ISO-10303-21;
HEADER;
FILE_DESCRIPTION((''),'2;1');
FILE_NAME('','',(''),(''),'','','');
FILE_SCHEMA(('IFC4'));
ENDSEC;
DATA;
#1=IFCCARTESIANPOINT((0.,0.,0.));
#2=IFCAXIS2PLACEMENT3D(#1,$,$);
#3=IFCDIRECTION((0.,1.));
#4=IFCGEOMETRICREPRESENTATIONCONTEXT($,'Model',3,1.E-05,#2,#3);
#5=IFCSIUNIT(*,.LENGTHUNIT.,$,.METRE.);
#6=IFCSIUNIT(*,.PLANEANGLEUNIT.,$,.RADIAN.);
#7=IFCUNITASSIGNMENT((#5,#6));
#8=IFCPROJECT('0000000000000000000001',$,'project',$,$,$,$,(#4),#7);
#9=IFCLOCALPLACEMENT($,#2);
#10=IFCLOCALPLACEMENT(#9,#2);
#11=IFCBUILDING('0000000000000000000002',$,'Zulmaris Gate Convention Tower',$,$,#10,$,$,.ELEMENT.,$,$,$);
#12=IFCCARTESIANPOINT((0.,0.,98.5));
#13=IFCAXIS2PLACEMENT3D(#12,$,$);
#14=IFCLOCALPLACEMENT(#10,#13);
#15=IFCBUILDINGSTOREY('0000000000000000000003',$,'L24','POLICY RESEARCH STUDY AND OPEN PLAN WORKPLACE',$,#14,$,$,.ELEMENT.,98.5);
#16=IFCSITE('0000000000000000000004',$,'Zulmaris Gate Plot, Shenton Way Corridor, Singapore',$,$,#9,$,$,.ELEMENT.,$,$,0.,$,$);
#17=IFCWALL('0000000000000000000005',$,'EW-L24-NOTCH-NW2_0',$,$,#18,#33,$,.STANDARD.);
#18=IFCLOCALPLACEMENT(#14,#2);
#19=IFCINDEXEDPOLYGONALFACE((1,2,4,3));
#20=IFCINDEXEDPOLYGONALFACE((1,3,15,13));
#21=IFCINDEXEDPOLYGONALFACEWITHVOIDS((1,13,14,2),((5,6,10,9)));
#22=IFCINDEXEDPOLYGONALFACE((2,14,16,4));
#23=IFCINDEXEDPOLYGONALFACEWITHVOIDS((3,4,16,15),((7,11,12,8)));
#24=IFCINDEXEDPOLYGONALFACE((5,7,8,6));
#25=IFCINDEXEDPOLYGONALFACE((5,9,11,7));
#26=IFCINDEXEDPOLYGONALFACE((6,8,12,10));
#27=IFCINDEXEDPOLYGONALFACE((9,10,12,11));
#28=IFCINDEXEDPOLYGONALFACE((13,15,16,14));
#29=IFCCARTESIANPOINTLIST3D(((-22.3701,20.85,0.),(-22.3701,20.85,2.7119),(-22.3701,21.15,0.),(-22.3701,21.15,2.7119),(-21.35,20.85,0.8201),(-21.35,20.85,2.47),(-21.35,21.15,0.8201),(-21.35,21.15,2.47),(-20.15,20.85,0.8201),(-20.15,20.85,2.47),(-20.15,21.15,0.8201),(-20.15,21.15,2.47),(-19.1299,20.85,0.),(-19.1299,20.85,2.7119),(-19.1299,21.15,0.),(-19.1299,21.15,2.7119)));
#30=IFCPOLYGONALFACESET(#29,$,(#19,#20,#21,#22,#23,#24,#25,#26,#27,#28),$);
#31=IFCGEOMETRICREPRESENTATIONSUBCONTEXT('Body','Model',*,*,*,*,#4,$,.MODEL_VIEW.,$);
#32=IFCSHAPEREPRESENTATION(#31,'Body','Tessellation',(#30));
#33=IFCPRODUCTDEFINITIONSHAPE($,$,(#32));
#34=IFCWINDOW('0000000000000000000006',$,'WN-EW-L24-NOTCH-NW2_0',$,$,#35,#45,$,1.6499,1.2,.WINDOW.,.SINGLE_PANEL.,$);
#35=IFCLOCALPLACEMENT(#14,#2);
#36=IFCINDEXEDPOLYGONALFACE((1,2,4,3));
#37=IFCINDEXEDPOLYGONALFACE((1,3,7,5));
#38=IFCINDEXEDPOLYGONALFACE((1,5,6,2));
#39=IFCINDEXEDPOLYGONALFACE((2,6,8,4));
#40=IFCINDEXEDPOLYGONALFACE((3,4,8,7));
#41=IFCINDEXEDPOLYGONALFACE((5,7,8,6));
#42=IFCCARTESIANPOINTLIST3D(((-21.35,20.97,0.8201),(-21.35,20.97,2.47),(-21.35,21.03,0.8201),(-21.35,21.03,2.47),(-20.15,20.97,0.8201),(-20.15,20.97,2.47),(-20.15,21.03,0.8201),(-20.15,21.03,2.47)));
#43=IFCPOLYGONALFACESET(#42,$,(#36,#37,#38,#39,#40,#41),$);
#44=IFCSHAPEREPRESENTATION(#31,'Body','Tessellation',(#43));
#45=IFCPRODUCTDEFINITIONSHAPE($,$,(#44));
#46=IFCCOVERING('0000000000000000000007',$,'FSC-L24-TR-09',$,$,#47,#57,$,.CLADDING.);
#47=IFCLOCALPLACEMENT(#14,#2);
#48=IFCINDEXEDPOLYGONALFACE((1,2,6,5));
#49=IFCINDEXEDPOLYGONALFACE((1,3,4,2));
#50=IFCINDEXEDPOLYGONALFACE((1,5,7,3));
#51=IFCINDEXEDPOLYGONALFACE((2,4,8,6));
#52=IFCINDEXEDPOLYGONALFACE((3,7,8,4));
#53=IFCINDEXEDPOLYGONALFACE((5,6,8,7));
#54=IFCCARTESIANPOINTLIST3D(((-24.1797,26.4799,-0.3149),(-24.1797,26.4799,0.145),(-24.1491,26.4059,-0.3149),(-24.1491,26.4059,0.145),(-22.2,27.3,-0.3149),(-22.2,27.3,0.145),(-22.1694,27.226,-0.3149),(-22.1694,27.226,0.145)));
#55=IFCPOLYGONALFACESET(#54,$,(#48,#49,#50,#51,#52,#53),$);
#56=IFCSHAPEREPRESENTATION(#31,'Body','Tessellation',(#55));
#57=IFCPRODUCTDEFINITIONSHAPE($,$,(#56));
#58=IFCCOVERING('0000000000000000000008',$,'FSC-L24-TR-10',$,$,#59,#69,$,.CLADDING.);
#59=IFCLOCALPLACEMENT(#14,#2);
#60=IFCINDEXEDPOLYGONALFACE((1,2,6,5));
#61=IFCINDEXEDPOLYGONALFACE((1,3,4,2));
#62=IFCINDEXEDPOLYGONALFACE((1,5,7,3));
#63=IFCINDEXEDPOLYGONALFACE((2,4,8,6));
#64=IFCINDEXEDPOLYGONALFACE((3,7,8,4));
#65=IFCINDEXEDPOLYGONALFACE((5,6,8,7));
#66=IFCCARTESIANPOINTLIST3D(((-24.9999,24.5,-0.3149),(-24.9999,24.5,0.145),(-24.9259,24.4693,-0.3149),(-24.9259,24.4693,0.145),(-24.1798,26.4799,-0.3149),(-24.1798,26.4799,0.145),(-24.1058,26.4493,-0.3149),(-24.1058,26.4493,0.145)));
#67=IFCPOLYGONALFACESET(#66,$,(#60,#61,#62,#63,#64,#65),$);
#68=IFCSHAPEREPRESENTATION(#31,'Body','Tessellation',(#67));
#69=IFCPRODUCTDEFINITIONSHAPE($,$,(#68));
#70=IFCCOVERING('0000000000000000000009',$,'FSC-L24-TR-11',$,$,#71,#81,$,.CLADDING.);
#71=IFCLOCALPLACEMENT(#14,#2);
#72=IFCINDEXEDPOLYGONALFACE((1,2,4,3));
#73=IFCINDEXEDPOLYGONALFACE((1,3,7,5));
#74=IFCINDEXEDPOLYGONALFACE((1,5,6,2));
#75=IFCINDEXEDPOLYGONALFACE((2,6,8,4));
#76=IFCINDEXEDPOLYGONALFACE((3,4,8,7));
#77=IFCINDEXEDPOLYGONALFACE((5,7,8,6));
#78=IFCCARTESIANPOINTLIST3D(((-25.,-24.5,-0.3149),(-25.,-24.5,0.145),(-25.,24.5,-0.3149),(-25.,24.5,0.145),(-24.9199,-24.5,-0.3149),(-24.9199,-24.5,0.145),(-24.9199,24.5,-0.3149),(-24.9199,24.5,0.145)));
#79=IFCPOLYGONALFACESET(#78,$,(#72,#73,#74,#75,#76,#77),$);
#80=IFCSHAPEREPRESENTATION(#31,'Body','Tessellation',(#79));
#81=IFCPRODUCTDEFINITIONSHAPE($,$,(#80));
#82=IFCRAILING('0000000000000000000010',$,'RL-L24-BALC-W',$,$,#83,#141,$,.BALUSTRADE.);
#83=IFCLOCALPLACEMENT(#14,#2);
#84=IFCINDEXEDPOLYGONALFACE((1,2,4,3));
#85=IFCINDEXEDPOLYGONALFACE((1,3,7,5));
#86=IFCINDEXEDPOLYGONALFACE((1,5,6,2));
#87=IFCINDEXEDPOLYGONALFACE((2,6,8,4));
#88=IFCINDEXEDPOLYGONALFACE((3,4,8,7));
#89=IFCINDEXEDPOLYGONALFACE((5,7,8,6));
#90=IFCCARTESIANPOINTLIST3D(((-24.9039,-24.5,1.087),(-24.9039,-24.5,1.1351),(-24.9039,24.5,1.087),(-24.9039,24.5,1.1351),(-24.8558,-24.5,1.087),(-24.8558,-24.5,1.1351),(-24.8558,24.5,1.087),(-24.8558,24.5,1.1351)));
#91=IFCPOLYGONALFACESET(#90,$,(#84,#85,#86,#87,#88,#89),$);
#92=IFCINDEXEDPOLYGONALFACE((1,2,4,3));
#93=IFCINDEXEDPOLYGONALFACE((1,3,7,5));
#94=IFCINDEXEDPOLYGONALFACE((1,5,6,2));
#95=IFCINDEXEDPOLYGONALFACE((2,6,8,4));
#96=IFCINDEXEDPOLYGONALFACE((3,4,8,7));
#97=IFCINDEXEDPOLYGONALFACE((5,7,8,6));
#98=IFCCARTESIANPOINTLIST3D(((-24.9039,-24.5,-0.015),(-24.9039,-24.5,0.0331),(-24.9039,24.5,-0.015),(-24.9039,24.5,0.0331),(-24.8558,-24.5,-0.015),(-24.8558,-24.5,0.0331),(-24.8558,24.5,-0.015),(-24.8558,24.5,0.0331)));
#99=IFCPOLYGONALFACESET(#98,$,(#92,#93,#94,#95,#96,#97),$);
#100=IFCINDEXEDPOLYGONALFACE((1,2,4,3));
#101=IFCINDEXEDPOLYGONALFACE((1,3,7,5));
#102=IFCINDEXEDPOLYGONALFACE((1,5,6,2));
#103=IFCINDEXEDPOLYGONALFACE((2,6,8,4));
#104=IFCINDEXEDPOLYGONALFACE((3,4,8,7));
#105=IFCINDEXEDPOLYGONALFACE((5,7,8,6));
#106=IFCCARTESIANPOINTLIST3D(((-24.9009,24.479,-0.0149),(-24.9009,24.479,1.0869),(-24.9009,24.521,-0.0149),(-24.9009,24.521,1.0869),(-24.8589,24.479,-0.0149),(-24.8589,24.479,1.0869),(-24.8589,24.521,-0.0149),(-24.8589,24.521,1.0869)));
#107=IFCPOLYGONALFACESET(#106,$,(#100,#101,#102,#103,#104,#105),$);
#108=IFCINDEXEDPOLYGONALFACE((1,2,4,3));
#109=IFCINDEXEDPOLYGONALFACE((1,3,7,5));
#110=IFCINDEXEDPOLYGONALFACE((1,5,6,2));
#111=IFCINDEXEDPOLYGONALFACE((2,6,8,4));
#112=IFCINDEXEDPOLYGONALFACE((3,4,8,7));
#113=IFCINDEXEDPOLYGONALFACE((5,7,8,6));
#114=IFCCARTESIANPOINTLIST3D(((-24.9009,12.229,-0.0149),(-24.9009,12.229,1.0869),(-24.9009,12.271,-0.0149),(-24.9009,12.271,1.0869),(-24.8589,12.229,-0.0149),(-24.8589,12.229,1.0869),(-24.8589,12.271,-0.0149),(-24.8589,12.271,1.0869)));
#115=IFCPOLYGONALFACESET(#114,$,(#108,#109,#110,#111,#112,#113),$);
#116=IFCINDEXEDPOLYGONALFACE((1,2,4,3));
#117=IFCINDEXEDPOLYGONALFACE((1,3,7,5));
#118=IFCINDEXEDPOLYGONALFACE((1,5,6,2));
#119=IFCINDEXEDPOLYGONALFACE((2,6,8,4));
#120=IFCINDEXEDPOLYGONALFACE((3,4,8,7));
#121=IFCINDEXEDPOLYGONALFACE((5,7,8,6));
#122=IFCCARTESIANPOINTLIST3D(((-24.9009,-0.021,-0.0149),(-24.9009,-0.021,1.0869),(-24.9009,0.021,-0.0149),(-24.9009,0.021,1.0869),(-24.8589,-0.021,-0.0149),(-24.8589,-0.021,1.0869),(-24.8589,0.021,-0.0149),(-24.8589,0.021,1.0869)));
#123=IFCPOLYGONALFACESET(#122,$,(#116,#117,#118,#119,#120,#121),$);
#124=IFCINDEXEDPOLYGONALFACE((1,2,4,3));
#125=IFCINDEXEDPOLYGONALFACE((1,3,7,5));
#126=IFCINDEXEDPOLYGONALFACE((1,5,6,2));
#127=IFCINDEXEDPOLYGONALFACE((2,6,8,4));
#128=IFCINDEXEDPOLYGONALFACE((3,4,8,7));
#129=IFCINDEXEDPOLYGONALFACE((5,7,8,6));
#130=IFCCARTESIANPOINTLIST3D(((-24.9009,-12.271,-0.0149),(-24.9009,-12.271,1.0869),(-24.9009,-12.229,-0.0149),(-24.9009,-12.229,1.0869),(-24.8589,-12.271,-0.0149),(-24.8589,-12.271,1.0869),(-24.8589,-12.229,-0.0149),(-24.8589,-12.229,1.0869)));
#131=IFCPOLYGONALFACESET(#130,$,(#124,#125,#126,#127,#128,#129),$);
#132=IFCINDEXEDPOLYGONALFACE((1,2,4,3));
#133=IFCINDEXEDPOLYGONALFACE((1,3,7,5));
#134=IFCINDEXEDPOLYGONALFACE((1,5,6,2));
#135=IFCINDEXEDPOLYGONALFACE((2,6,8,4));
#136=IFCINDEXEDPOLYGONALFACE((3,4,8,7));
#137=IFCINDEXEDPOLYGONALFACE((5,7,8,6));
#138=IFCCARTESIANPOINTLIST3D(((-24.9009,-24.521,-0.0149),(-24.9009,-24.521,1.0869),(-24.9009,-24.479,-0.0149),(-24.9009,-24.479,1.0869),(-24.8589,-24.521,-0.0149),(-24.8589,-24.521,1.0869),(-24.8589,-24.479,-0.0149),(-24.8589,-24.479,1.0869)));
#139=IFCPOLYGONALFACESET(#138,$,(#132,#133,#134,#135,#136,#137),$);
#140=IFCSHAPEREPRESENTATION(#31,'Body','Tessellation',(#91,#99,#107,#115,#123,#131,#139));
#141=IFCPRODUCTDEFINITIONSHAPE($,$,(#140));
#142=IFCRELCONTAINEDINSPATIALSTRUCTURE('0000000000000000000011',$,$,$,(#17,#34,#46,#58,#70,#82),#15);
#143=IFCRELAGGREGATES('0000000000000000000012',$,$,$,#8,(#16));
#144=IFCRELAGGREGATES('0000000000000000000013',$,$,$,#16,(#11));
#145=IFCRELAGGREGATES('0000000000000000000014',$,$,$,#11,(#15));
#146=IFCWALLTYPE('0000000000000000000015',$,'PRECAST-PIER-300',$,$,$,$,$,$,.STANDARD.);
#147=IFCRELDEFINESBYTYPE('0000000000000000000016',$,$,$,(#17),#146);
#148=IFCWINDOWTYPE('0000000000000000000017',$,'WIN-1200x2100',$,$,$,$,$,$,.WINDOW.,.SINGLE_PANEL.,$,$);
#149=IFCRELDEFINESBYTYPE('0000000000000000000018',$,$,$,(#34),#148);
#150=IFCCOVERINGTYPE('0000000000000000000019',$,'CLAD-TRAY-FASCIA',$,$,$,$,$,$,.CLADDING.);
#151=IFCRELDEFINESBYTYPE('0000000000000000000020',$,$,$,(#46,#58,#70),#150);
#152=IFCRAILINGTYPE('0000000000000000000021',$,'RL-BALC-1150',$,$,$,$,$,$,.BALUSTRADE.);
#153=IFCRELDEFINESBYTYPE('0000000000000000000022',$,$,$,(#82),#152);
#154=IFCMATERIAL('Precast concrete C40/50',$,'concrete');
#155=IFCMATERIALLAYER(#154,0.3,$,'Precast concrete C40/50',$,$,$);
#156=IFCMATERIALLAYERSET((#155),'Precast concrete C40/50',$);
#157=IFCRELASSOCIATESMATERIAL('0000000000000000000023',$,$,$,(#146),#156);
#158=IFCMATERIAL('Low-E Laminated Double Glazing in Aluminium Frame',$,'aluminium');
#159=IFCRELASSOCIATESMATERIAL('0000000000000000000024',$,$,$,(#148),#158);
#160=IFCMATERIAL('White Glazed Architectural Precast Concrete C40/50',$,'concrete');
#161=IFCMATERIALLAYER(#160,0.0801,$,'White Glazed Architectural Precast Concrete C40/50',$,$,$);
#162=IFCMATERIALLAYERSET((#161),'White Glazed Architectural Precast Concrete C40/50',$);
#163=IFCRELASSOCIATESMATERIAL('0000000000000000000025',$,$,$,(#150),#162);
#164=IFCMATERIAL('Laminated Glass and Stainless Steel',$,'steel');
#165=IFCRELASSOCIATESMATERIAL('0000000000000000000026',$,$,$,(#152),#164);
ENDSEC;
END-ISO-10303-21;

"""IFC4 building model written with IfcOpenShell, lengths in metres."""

from ifc_helpers import new_model, si_unit, direction, frame, frame_2d, origin, origin_2d, place, context, subcontext, project, spatial, rectangle, extrude, material, layer, layer_set, type_object, element, fill, save


model = new_model("IFC4")

# Units and contexts
model_context = context("Model", 3, precision=1e-05, world=origin(), true_north=direction((0.0, 1.0)))
body_context = subcontext(model_context, "Body", "Model", "MODEL_VIEW")
ifc_project = project(units=[si_unit("LENGTHUNIT", "METRE"), si_unit("PLANEANGLEUNIT", "RADIAN")], contexts=[model_context])

# Site, building, storey
site_placement = place(None, origin())
site = spatial("IfcSite", under=ifc_project, at=site_placement, Name="Zulmaris Gate Plot, Shenton Way Corridor, Singapore", CompositionType="ELEMENT", RefElevation=0.0)
building_placement = place(site_placement, origin())
building = spatial("IfcBuilding", under=site, at=building_placement, Name="Zulmaris Gate Convention Tower", CompositionType="ELEMENT")
storey_placement = place(building_placement, frame((0.0, 0.0, 98.5)))
storey = spatial("IfcBuildingStorey", under=building, at=storey_placement, Name="L24", Description="POLICY RESEARCH STUDY AND OPEN PLAN WORKPLACE", CompositionType="ELEMENT", Elevation=98.5)

# Wall, opening, window
ifc_material_1 = material(Name="Precast concrete C40/50", Category="concrete")
ifc_layer_1 = layer(ifc_material_1, 0.3, Name="Precast concrete C40/50")
ifc_layer_set_1 = layer_set([ifc_layer_1], Name="Precast concrete C40/50")
wall_type = type_object("IfcWallType", Name="PRECAST-PIER-300", PredefinedType="STANDARD", material=ifc_layer_set_1)
ifc_material_2 = material(Name="Low-E Laminated Double Glazing in Aluminium Frame", Category="aluminium")
window_type = type_object("IfcWindowType", Name="WIN-1200x2100", PartitioningType="SINGLE_PANEL", PredefinedType="WINDOW", material=ifc_material_2)
wall_1_placement = place(storey_placement, frame((-19.1299, 21.0, 0.0), z_axis=(0.0, 0.0, 1.0), x_axis=(-1.0, 0.0, 0.0)))
wall_1 = element("IfcWall", 1, at=wall_1_placement, inside=storey, type_object=wall_type, Name="EW-L24-NOTCH-NW2_0", PredefinedType="STANDARD", context=body_context, shape_type="SweptSolid", body=[
    extrude(rectangle(XDim=3.2402, YDim=0.3, at=frame_2d((1.6201, 0.0))), origin(), (0.0, 0.0, 1.0), 2.7119),
])
opening_1_placement = place(wall_1_placement, frame((1.02, 0.0, 0.8201)))
opening_1 = element("IfcOpeningElement", 2, at=opening_1_placement, cuts=wall_1, PredefinedType="OPENING", context=body_context, shape_type="SweptSolid", body=[
    extrude(rectangle(XDim=1.2, YDim=1.6499, at=frame_2d((0.6001, 0.825))), frame((0.0, 0.1602, 0.0), z_axis=(0.0, -1.0, 0.0), x_axis=(1.0, 0.0, 0.0)), (0.0, 0.0, 1.0), 0.3201),
])
window_1_placement = place(opening_1_placement, origin())
window_1 = element("IfcWindow", 3, at=window_1_placement, inside=storey, type_object=window_type, Name="WN-EW-L24-NOTCH-NW2_0", OverallHeight=1.6499, OverallWidth=1.2, PartitioningType="SINGLE_PANEL", PredefinedType="WINDOW", context=body_context, shape_type="SweptSolid", body=[
    extrude(rectangle(XDim=1.2, YDim=1.6499, at=frame_2d((0.6001, 0.825))), frame((0.0, 0.03, 0.0), z_axis=(0.0, -1.0, 0.0), x_axis=(1.0, 0.0, 0.0)), (0.0, 0.0, 1.0), 0.0601),
])
fill(opening_1, window_1)

# Coverings
ifc_material_3 = material(Name="White Glazed Architectural Precast Concrete C40/50", Category="concrete")
ifc_layer_2 = layer(ifc_material_3, 0.0801, Name="White Glazed Architectural Precast Concrete C40/50")
ifc_layer_set_2 = layer_set([ifc_layer_2], Name="White Glazed Architectural Precast Concrete C40/50")
covering_type = type_object("IfcCoveringType", Name="CLAD-TRAY-FASCIA", PredefinedType="CLADDING", material=ifc_layer_set_2)
covering_1_placement = place(storey_placement, frame((-22.1848, 27.2629, -0.3149), z_axis=(0.0, 0.0, 1.0), x_axis=(-0.923874, -0.382697, 0.0)))
element("IfcCovering", 4, at=covering_1_placement, inside=storey, type_object=covering_type, Name="FSC-L24-TR-09", PredefinedType="CLADDING", context=body_context, shape_type="SweptSolid", body=[
    extrude(rectangle(XDim=2.1428, YDim=0.0801, at=frame_2d((1.0713, 0.0))), origin(), (0.0, 0.0, 1.0), 0.46),
])
covering_2_placement = place(storey_placement, frame((-24.1428, 26.4646, -0.3149), z_axis=(0.0, 0.0, 1.0), x_axis=(-0.382657, -0.92389, 0.0)))
element("IfcCovering", 5, at=covering_2_placement, inside=storey, type_object=covering_type, Name="FSC-L24-TR-10", PredefinedType="CLADDING", context=body_context, shape_type="SweptSolid", body=[
    extrude(rectangle(XDim=2.1431, YDim=0.0801, at=frame_2d((1.0715, 0.0))), origin(), (0.0, 0.0, 1.0), 0.46),
])
covering_3_placement = place(storey_placement, frame((-24.96, 24.5, -0.3149), z_axis=(0.0, 0.0, 1.0), x_axis=(0.0, -1.0, 0.0)))
element("IfcCovering", 6, at=covering_3_placement, inside=storey, type_object=covering_type, Name="FSC-L24-TR-11", PredefinedType="CLADDING", context=body_context, shape_type="SweptSolid", body=[
    extrude(rectangle(XDim=49.0, YDim=0.0801, at=frame_2d((24.5, 0.0))), origin(), (0.0, 0.0, 1.0), 0.46),
])

# Railing
ifc_material_4 = material(Name="Laminated Glass and Stainless Steel", Category="steel")
railing_type = type_object("IfcRailingType", Name="RL-BALC-1150", PredefinedType="BALUSTRADE", material=ifc_material_4)
railing_placement = place(storey_placement, frame((-24.8799, 24.5, -0.0149)))
element("IfcRailing", 7, at=railing_placement, inside=storey, type_object=railing_type, Name="RL-L24-BALC-W", PredefinedType="BALUSTRADE", context=body_context, shape_type="SweptSolid", body=[
    extrude(rectangle(XDim=0.0481, YDim=0.0481, at=origin_2d()), frame((0.0, 0.0, 1.126), z_axis=(0.0, -1.0, 0.0), x_axis=(1.0, 0.0, 0.0)), (0.0, 0.0, 1.0), 49.0),
    extrude(rectangle(XDim=0.0481, YDim=0.0481, at=origin_2d()), frame((0.0, 0.0, 0.0239), z_axis=(0.0, -1.0, 0.0), x_axis=(1.0, 0.0, 0.0)), (0.0, 0.0, 1.0), 49.0),
    extrude(rectangle(XDim=0.042, YDim=0.042, at=origin_2d()), origin(), (0.0, 0.0, 1.0), 1.1018),
    extrude(rectangle(XDim=0.042, YDim=0.042, at=origin_2d()), frame((0.0, -12.25, 0.0)), (0.0, 0.0, 1.0), 1.1018),
    extrude(rectangle(XDim=0.042, YDim=0.042, at=origin_2d()), frame((0.0, -24.5, 0.0)), (0.0, 0.0, 1.0), 1.1018),
    extrude(rectangle(XDim=0.042, YDim=0.042, at=origin_2d()), frame((0.0, -36.75, 0.0)), (0.0, 0.0, 1.0), 1.1018),
    extrude(rectangle(XDim=0.042, YDim=0.042, at=origin_2d()), frame((0.0, -49.0, 0.0)), (0.0, 0.0, 1.0), 1.1018),
])

save(model, "model.ifc")
